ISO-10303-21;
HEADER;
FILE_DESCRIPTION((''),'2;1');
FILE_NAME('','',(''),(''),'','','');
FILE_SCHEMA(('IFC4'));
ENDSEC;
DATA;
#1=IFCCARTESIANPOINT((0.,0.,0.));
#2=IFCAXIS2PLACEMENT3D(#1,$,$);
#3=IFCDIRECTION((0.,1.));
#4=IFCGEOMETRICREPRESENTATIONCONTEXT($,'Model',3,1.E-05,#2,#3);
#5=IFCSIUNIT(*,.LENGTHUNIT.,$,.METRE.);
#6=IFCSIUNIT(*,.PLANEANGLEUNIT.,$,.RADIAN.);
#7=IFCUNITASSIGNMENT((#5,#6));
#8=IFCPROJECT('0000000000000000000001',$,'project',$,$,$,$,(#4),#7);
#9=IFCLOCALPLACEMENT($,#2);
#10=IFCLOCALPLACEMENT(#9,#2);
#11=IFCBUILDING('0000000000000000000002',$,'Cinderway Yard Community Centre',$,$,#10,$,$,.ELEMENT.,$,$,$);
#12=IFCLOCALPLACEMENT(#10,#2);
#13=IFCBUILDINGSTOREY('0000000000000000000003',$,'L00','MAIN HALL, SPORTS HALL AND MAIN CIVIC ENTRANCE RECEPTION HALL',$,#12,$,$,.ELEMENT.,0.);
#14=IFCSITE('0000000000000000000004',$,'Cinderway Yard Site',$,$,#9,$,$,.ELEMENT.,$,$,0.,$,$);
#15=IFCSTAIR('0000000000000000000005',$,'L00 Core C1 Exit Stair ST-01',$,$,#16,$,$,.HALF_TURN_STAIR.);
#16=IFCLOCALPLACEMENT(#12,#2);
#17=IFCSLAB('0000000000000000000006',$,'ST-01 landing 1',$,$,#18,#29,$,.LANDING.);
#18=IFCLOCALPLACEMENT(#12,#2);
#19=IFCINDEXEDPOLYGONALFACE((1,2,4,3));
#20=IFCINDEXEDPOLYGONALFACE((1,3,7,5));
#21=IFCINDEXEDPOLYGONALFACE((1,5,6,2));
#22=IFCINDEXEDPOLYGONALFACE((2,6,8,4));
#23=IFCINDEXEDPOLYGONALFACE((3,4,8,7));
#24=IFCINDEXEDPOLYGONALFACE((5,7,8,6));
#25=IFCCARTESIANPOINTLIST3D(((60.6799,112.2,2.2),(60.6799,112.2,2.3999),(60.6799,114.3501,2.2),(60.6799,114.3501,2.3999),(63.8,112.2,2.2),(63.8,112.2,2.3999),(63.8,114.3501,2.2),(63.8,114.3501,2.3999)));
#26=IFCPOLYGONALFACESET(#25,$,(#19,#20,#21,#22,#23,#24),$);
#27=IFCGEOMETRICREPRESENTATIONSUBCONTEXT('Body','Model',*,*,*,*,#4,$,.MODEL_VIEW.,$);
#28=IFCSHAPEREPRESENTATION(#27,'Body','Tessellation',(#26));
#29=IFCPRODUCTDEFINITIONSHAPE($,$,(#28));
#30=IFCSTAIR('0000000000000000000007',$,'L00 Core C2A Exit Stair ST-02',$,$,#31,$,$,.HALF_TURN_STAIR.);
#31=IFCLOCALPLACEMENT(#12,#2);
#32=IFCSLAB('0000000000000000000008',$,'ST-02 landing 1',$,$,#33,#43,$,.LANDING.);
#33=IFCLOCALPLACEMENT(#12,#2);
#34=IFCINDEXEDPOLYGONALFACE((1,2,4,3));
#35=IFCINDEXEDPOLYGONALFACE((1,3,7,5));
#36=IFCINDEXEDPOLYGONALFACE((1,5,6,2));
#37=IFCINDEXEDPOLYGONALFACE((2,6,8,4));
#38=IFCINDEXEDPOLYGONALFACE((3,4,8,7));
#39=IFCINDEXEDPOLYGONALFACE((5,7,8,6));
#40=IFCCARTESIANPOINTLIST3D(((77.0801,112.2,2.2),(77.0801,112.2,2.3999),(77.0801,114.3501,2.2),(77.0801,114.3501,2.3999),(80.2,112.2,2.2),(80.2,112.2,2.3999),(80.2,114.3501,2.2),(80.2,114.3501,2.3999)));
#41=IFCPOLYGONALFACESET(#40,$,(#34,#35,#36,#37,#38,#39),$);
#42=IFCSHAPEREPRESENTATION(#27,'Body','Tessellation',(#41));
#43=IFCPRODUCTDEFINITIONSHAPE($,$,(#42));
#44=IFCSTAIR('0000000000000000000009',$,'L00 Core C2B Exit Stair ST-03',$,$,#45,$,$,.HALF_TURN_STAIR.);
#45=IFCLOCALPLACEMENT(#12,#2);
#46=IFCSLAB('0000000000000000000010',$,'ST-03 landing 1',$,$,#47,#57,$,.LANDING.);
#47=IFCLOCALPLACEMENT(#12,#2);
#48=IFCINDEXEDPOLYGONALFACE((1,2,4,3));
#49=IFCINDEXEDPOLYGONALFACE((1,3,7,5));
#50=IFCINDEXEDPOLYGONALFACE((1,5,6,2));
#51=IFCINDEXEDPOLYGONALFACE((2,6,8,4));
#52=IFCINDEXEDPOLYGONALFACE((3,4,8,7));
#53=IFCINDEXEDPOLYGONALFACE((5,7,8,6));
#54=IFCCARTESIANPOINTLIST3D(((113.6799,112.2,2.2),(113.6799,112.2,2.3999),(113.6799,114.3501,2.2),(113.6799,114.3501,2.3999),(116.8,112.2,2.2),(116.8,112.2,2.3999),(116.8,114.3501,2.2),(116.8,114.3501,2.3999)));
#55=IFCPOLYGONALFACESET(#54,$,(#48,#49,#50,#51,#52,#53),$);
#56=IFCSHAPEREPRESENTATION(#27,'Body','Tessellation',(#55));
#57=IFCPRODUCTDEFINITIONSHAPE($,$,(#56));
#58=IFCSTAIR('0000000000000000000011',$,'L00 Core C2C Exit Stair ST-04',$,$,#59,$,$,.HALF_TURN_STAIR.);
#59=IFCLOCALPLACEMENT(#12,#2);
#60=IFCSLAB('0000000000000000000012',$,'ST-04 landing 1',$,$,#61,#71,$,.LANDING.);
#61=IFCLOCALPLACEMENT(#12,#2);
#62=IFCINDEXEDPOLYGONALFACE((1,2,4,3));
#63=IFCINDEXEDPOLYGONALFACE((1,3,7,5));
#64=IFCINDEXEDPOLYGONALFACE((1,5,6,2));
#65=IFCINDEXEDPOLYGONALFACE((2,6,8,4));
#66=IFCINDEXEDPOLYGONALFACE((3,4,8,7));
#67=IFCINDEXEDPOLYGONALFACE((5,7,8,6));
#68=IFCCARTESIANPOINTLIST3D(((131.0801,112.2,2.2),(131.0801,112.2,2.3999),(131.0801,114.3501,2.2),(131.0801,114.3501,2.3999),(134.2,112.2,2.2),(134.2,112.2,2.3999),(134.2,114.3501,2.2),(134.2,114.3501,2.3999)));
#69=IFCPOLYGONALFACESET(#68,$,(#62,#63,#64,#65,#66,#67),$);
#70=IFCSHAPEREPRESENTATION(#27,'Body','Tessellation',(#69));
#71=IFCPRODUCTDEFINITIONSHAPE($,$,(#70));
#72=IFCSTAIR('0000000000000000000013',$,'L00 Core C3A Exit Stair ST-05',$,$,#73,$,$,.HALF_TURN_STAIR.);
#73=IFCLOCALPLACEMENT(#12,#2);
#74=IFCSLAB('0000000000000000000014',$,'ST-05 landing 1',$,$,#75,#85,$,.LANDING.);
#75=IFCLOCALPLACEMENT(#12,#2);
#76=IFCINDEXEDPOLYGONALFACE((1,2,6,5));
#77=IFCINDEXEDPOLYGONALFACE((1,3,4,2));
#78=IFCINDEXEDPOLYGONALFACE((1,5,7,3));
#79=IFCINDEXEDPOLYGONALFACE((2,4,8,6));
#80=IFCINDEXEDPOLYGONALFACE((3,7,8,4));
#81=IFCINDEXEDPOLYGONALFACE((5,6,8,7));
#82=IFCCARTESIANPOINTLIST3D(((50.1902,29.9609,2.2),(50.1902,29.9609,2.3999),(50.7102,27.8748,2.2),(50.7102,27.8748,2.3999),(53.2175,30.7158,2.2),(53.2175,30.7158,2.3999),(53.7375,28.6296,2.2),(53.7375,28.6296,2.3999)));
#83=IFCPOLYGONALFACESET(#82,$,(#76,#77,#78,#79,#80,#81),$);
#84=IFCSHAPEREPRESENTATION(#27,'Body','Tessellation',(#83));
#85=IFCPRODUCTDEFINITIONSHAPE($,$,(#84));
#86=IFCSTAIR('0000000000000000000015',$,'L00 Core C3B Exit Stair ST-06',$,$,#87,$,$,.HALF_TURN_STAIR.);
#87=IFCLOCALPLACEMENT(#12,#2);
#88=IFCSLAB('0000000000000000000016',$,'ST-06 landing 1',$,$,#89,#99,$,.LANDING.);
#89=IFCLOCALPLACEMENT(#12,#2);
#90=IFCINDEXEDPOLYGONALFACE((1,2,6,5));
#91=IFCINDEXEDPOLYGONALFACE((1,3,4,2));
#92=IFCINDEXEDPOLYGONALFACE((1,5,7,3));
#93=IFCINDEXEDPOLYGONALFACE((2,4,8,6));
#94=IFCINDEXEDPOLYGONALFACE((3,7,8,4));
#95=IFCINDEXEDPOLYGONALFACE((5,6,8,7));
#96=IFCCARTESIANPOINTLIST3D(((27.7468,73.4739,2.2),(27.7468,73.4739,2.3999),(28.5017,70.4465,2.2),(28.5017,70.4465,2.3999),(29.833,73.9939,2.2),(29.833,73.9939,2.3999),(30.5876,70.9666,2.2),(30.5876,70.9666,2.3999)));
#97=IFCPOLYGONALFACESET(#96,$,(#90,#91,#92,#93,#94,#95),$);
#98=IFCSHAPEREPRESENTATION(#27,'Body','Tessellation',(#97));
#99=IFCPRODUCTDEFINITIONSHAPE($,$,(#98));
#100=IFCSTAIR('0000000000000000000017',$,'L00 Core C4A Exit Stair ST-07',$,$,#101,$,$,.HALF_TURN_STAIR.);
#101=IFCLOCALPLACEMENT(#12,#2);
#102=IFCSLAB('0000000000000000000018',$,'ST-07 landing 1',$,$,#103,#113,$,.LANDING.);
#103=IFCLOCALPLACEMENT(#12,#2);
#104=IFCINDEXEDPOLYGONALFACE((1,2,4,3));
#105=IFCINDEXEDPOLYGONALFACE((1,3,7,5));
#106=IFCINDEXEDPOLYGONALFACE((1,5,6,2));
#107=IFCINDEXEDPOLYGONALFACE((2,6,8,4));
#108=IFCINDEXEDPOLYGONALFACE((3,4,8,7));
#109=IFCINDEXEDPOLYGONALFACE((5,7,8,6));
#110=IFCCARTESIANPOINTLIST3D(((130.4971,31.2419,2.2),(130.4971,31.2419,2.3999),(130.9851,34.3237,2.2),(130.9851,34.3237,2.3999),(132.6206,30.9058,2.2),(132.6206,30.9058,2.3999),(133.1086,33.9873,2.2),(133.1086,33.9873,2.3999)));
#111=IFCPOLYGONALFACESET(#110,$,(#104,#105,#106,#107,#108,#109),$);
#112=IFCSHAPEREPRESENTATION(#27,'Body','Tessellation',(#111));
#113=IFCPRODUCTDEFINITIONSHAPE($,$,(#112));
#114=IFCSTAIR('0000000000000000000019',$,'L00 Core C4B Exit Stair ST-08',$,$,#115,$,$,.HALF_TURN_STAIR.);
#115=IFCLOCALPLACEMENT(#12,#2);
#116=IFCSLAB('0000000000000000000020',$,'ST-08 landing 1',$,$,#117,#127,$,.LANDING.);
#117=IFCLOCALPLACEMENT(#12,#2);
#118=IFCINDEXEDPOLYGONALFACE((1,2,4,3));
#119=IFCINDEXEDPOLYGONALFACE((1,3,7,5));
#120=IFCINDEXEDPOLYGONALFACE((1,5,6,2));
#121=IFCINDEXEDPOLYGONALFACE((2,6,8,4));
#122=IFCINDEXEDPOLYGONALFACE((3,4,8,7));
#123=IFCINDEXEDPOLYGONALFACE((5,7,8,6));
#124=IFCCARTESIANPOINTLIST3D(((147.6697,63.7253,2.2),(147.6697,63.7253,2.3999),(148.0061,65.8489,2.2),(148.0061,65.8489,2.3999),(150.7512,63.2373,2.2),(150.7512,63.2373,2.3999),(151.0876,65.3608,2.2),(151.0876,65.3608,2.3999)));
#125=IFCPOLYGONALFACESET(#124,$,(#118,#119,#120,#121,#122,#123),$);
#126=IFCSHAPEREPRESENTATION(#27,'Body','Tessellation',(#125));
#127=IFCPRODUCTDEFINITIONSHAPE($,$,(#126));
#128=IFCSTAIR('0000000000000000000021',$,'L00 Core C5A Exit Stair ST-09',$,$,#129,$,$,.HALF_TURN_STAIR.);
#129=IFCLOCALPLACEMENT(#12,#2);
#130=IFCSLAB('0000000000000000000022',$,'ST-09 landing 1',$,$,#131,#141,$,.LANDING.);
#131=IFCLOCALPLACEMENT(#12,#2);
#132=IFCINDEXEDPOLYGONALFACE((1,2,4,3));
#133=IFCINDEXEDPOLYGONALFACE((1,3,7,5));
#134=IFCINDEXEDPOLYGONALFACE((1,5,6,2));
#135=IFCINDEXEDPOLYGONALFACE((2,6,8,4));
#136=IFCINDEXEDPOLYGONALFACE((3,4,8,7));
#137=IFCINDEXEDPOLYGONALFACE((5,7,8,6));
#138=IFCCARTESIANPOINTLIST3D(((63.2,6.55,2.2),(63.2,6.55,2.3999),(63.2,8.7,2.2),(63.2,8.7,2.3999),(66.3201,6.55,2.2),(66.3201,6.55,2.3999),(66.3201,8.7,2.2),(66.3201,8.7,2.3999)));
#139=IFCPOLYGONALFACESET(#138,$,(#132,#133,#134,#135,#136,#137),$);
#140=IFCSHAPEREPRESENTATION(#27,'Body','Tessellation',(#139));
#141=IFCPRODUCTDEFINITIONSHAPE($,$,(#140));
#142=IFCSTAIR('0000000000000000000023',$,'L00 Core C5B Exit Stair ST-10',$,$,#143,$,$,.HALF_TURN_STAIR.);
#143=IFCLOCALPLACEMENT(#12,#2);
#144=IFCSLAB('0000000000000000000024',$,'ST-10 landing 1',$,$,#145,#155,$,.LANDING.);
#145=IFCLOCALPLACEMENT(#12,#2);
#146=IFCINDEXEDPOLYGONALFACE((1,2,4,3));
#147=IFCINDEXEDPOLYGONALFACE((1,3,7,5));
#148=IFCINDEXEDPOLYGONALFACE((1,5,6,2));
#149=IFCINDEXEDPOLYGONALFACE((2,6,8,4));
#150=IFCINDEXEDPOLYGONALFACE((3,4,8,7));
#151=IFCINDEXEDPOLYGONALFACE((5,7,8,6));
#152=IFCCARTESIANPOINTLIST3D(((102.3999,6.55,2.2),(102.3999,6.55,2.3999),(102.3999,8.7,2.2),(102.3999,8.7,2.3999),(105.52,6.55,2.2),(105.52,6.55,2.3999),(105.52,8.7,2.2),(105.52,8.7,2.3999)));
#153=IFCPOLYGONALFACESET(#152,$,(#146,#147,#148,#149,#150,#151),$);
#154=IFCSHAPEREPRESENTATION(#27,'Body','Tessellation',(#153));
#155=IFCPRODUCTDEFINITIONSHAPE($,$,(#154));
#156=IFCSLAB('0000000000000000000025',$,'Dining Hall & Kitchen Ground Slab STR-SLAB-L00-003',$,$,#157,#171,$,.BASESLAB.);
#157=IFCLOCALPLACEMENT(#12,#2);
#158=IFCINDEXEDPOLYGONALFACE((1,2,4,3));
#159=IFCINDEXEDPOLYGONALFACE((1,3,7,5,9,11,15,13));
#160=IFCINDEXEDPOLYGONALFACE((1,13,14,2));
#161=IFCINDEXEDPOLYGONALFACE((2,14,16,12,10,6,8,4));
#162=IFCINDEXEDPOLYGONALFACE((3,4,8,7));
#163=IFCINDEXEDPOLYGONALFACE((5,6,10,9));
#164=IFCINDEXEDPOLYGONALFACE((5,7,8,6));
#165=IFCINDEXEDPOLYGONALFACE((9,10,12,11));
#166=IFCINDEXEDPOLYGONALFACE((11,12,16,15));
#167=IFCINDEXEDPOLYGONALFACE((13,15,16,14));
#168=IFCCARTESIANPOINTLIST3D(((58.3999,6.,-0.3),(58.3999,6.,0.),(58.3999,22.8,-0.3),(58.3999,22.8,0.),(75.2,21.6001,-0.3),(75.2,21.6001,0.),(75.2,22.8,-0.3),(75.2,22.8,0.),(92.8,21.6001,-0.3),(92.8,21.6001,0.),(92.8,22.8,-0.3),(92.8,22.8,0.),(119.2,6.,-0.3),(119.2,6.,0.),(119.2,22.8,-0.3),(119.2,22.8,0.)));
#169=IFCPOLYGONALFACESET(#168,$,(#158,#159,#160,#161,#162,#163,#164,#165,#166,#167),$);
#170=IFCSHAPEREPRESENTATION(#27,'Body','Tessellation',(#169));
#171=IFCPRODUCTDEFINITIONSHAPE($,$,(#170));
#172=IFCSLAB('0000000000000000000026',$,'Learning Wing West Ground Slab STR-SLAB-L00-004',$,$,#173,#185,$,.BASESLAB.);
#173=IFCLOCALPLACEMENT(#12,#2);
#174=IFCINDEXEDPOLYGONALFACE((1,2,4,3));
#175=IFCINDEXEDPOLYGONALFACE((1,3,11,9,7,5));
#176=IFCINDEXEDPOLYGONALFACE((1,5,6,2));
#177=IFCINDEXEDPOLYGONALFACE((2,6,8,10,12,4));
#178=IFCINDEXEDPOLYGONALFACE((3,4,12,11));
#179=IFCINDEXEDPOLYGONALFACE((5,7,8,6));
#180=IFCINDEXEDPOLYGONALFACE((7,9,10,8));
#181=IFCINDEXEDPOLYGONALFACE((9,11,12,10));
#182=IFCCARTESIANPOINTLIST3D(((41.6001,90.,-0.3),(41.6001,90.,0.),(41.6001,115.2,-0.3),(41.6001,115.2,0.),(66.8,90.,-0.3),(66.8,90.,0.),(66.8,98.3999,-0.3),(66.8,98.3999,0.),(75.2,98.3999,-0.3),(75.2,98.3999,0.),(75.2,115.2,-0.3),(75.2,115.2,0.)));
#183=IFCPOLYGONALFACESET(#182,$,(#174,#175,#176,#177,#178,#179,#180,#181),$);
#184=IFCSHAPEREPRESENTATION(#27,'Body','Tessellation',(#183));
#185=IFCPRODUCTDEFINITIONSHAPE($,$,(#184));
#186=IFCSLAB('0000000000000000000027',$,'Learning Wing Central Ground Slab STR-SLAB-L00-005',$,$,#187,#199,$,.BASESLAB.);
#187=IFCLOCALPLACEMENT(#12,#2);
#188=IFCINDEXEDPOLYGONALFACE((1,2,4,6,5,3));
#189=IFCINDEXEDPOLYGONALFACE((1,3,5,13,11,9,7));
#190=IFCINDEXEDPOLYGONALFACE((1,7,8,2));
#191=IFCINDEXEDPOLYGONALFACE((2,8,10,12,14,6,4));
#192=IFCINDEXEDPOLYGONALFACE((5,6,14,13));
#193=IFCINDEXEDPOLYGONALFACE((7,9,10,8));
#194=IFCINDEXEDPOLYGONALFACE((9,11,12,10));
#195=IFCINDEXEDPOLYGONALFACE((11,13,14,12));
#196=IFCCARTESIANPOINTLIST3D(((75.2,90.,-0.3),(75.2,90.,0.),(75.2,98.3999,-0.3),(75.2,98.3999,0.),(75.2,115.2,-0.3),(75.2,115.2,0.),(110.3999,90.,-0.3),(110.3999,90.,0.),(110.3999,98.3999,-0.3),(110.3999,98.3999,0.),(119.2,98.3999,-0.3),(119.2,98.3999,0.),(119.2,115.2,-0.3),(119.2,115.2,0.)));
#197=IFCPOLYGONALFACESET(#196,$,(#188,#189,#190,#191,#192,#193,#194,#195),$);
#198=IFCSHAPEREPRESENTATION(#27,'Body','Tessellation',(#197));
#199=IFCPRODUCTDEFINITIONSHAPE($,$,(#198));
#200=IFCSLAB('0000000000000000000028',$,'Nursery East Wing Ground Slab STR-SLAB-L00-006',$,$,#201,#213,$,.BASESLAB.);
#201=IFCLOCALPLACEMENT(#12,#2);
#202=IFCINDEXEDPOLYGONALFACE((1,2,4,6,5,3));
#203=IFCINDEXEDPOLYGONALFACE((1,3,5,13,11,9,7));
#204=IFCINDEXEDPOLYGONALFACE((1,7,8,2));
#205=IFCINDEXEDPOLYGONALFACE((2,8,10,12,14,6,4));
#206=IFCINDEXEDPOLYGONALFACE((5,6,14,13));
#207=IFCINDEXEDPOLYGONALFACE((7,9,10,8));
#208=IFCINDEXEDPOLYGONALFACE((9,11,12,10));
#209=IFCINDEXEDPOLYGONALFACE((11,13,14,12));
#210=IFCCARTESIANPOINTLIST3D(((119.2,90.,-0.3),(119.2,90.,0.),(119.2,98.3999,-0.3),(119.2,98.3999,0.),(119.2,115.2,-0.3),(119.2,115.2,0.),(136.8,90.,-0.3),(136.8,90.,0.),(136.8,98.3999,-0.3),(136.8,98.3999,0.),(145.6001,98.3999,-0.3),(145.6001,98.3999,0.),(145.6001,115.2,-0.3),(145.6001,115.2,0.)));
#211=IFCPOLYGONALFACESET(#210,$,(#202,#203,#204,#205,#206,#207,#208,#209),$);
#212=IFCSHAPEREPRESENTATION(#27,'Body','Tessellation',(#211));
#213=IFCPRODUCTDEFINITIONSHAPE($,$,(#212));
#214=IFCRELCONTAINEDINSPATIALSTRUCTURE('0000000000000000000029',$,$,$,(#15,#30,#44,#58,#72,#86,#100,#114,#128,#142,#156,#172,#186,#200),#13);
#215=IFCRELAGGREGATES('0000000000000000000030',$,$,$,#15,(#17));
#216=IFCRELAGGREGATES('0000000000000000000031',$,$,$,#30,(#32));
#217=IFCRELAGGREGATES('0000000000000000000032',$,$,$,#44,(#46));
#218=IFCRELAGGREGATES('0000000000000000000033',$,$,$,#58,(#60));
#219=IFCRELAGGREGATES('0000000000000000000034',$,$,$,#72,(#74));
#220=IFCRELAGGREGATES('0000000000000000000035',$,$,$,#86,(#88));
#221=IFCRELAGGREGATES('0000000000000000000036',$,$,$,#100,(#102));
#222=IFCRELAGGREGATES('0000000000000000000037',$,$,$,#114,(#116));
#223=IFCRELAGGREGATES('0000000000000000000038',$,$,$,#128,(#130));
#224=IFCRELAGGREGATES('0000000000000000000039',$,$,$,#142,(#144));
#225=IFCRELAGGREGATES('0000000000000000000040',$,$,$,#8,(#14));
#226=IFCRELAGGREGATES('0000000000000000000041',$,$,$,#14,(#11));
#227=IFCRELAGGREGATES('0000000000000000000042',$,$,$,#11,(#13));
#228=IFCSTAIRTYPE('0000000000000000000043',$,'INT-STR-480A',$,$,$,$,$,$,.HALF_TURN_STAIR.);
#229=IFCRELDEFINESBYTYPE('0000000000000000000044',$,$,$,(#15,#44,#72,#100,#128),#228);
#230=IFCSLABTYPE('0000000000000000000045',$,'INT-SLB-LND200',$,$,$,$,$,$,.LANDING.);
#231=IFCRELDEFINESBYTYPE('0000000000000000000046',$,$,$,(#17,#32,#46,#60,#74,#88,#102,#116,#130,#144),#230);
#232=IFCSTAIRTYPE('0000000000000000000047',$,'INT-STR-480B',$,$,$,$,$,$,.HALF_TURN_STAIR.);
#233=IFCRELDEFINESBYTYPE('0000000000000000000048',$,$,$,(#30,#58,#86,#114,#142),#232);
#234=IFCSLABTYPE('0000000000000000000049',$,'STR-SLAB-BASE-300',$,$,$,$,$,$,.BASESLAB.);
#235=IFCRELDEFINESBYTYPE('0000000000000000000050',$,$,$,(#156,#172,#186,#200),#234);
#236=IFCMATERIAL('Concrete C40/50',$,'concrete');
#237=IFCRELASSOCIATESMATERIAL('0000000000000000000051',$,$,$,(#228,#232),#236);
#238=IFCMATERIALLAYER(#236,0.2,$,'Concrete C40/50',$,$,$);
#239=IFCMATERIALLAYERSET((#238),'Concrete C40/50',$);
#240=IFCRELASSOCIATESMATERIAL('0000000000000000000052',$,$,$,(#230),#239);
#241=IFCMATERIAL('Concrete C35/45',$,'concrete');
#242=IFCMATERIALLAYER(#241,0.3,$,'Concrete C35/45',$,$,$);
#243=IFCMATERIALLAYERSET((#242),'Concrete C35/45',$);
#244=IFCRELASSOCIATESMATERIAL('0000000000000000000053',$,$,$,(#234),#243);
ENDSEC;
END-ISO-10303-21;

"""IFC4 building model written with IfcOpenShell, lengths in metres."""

from ifc_helpers import new_model, si_unit, direction, frame, origin, place, context, subcontext, project, spatial, polyline, outline, extrude, material, layer, layer_set, type_object, element, aggregate, save


model = new_model("IFC4")

# Units and contexts
model_context = context("Model", 3, precision=1e-05, world=origin(), true_north=direction((0.0, 1.0)))
body_context = subcontext(model_context, "Body", "Model", "MODEL_VIEW")
ifc_project = project(units=[si_unit("LENGTHUNIT", "METRE"), si_unit("PLANEANGLEUNIT", "RADIAN")], contexts=[model_context])

# Site, building, storey
site_placement = place(None, origin())
site = spatial("IfcSite", under=ifc_project, at=site_placement, Name="Cinderway Yard Site", CompositionType="ELEMENT", RefElevation=0.0)
building_placement = place(site_placement, origin())
building = spatial("IfcBuilding", under=site, at=building_placement, Name="Cinderway Yard Community Centre", CompositionType="ELEMENT")
storey_placement = place(building_placement, origin())
storey = spatial("IfcBuildingStorey", under=building, at=storey_placement, Name="L00", Description="MAIN HALL, SPORTS HALL AND MAIN CIVIC ENTRANCE RECEPTION HALL", CompositionType="ELEMENT", Elevation=0.0)

# Stairs, slabs
ifc_material_1 = material(Name="Concrete C40/50", Category="concrete")
stair_type_1 = type_object("IfcStairType", Name="INT-STR-480A", PredefinedType="HALF_TURN_STAIR", material=ifc_material_1)
stair_1_placement = place(storey_placement, origin())
stair_1 = element("IfcStair", 1, at=stair_1_placement, inside=storey, type_object=stair_type_1, Name="L00 Core C1 Exit Stair ST-01", PredefinedType="HALF_TURN_STAIR")
ifc_layer_1 = layer(ifc_material_1, 0.2, Name="Concrete C40/50")
ifc_layer_set_1 = layer_set([ifc_layer_1], Name="Concrete C40/50")
slab_type_1 = type_object("IfcSlabType", Name="INT-SLB-LND200", PredefinedType="LANDING", material=ifc_layer_set_1)
slab_1_placement = place(storey_placement, frame((0.0, 0.0, 2.2)))
slab_1 = element("IfcSlab", 2, at=slab_1_placement, type_object=slab_type_1, Name="ST-01 landing 1", PredefinedType="LANDING", context=body_context, shape_type="SweptSolid", body=[
    extrude(outline(polyline([(63.8, 112.2), (63.8, 114.3501), (60.6799, 114.3501), (60.6799, 112.2), (63.8, 112.2)])), origin(), (0.0, 0.0, 1.0), 0.2),
])
aggregate(stair_1, [slab_1])
stair_type_2 = type_object("IfcStairType", Name="INT-STR-480B", PredefinedType="HALF_TURN_STAIR", material=ifc_material_1)
stair_2_placement = place(storey_placement, origin())
stair_2 = element("IfcStair", 3, at=stair_2_placement, inside=storey, type_object=stair_type_2, Name="L00 Core C2A Exit Stair ST-02", PredefinedType="HALF_TURN_STAIR")
slab_2_placement = place(storey_placement, frame((0.0, 0.0, 2.2)))
slab_2 = element("IfcSlab", 4, at=slab_2_placement, type_object=slab_type_1, Name="ST-02 landing 1", PredefinedType="LANDING", context=body_context, shape_type="SweptSolid", body=[
    extrude(outline(polyline([(80.2, 112.2), (80.2, 114.3501), (77.0801, 114.3501), (77.0801, 112.2), (80.2, 112.2)])), origin(), (0.0, 0.0, 1.0), 0.2),
])
aggregate(stair_2, [slab_2])
stair_3_placement = place(storey_placement, origin())
stair_3 = element("IfcStair", 5, at=stair_3_placement, inside=storey, type_object=stair_type_1, Name="L00 Core C2B Exit Stair ST-03", PredefinedType="HALF_TURN_STAIR")
slab_3_placement = place(storey_placement, frame((0.0, 0.0, 2.2)))
slab_3 = element("IfcSlab", 6, at=slab_3_placement, type_object=slab_type_1, Name="ST-03 landing 1", PredefinedType="LANDING", context=body_context, shape_type="SweptSolid", body=[
    extrude(outline(polyline([(116.8, 112.2), (116.8, 114.3501), (113.6799, 114.3501), (113.6799, 112.2), (116.8, 112.2)])), origin(), (0.0, 0.0, 1.0), 0.2),
])
aggregate(stair_3, [slab_3])
stair_4_placement = place(storey_placement, origin())
stair_4 = element("IfcStair", 7, at=stair_4_placement, inside=storey, type_object=stair_type_2, Name="L00 Core C2C Exit Stair ST-04", PredefinedType="HALF_TURN_STAIR")
slab_4_placement = place(storey_placement, frame((0.0, 0.0, 2.2)))
slab_4 = element("IfcSlab", 8, at=slab_4_placement, type_object=slab_type_1, Name="ST-04 landing 1", PredefinedType="LANDING", context=body_context, shape_type="SweptSolid", body=[
    extrude(outline(polyline([(134.2, 112.2), (134.2, 114.3501), (131.0801, 114.3501), (131.0801, 112.2), (134.2, 112.2)])), origin(), (0.0, 0.0, 1.0), 0.2),
])
aggregate(stair_4, [slab_4])
stair_5_placement = place(storey_placement, origin())
stair_5 = element("IfcStair", 9, at=stair_5_placement, inside=storey, type_object=stair_type_1, Name="L00 Core C3A Exit Stair ST-05", PredefinedType="HALF_TURN_STAIR")
slab_5_placement = place(storey_placement, frame((0.0, 0.0, 2.2)))
slab_5 = element("IfcSlab", 10, at=slab_5_placement, type_object=slab_type_1, Name="ST-05 landing 1", PredefinedType="LANDING", context=body_context, shape_type="SweptSolid", body=[
    extrude(outline(polyline([(50.1902, 29.9609), (50.7102, 27.8748), (53.7375, 28.6296), (53.2175, 30.7158), (50.1902, 29.9609)])), origin(), (0.0, 0.0, 1.0), 0.2),
])
aggregate(stair_5, [slab_5])
stair_6_placement = place(storey_placement, origin())
stair_6 = element("IfcStair", 11, at=stair_6_placement, inside=storey, type_object=stair_type_2, Name="L00 Core C3B Exit Stair ST-06", PredefinedType="HALF_TURN_STAIR")
slab_6_placement = place(storey_placement, frame((0.0, 0.0, 2.2)))
slab_6 = element("IfcSlab", 12, at=slab_6_placement, type_object=slab_type_1, Name="ST-06 landing 1", PredefinedType="LANDING", context=body_context, shape_type="SweptSolid", body=[
    extrude(outline(polyline([(29.833, 73.9939), (27.7468, 73.4739), (28.5017, 70.4465), (30.5876, 70.9666), (29.833, 73.9939)])), origin(), (0.0, 0.0, 1.0), 0.2),
])
aggregate(stair_6, [slab_6])
stair_7_placement = place(storey_placement, origin())
stair_7 = element("IfcStair", 13, at=stair_7_placement, inside=storey, type_object=stair_type_1, Name="L00 Core C4A Exit Stair ST-07", PredefinedType="HALF_TURN_STAIR")
slab_7_placement = place(storey_placement, frame((0.0, 0.0, 2.2)))
slab_7 = element("IfcSlab", 14, at=slab_7_placement, type_object=slab_type_1, Name="ST-07 landing 1", PredefinedType="LANDING", context=body_context, shape_type="SweptSolid", body=[
    extrude(outline(polyline([(133.1086, 33.9873), (130.9851, 34.3237), (130.4971, 31.2419), (132.6206, 30.9058), (133.1086, 33.9873)])), origin(), (0.0, 0.0, 1.0), 0.2),
])
aggregate(stair_7, [slab_7])
stair_8_placement = place(storey_placement, origin())
stair_8 = element("IfcStair", 15, at=stair_8_placement, inside=storey, type_object=stair_type_2, Name="L00 Core C4B Exit Stair ST-08", PredefinedType="HALF_TURN_STAIR")
slab_8_placement = place(storey_placement, frame((0.0, 0.0, 2.2)))
slab_8 = element("IfcSlab", 16, at=slab_8_placement, type_object=slab_type_1, Name="ST-08 landing 1", PredefinedType="LANDING", context=body_context, shape_type="SweptSolid", body=[
    extrude(outline(polyline([(150.7512, 63.2373), (151.0876, 65.3608), (148.0061, 65.8489), (147.6697, 63.7253), (150.7512, 63.2373)])), origin(), (0.0, 0.0, 1.0), 0.2),
])
aggregate(stair_8, [slab_8])
stair_9_placement = place(storey_placement, origin())
stair_9 = element("IfcStair", 17, at=stair_9_placement, inside=storey, type_object=stair_type_1, Name="L00 Core C5A Exit Stair ST-09", PredefinedType="HALF_TURN_STAIR")
slab_9_placement = place(storey_placement, frame((0.0, 0.0, 2.2)))
slab_9 = element("IfcSlab", 18, at=slab_9_placement, type_object=slab_type_1, Name="ST-09 landing 1", PredefinedType="LANDING", context=body_context, shape_type="SweptSolid", body=[
    extrude(outline(polyline([(63.2, 8.7), (63.2, 6.55), (66.3201, 6.55), (66.3201, 8.7), (63.2, 8.7)])), origin(), (0.0, 0.0, 1.0), 0.2),
])
aggregate(stair_9, [slab_9])
stair_10_placement = place(storey_placement, origin())
stair_10 = element("IfcStair", 19, at=stair_10_placement, inside=storey, type_object=stair_type_2, Name="L00 Core C5B Exit Stair ST-10", PredefinedType="HALF_TURN_STAIR")
slab_10_placement = place(storey_placement, frame((0.0, 0.0, 2.2)))
slab_10 = element("IfcSlab", 20, at=slab_10_placement, type_object=slab_type_1, Name="ST-10 landing 1", PredefinedType="LANDING", context=body_context, shape_type="SweptSolid", body=[
    extrude(outline(polyline([(102.3999, 8.7), (102.3999, 6.55), (105.52, 6.55), (105.52, 8.7), (102.3999, 8.7)])), origin(), (0.0, 0.0, 1.0), 0.2),
])
aggregate(stair_10, [slab_10])

# Slabs
ifc_material_2 = material(Name="Concrete C35/45", Category="concrete")
ifc_layer_2 = layer(ifc_material_2, 0.3, Name="Concrete C35/45")
ifc_layer_set_2 = layer_set([ifc_layer_2], Name="Concrete C35/45")
slab_type_2 = type_object("IfcSlabType", Name="STR-SLAB-BASE-300", PredefinedType="BASESLAB", material=ifc_layer_set_2)
slab_11_placement = place(storey_placement, frame((0.0, 0.0, -0.3)))
element("IfcSlab", 21, at=slab_11_placement, inside=storey, type_object=slab_type_2, Name="Dining Hall & Kitchen Ground Slab STR-SLAB-L00-003", PredefinedType="BASESLAB", context=body_context, shape_type="SweptSolid", body=[
    extrude(outline(polyline([(58.3999, 6.0), (119.2, 6.0), (119.2, 22.8), (92.8, 22.8), (92.8, 21.6001), (75.2, 21.6001), (75.2, 22.8), (58.3999, 22.8), (58.3999, 6.0)])), origin(), (0.0, 0.0, 1.0), 0.3),
])
slab_12_placement = place(storey_placement, frame((0.0, 0.0, -0.3)))
element("IfcSlab", 22, at=slab_12_placement, inside=storey, type_object=slab_type_2, Name="Learning Wing West Ground Slab STR-SLAB-L00-004", PredefinedType="BASESLAB", context=body_context, shape_type="SweptSolid", body=[
    extrude(outline(polyline([(41.6001, 90.0), (66.8, 90.0), (66.8, 98.3999), (75.2, 98.3999), (75.2, 115.2), (41.6001, 115.2), (41.6001, 90.0)])), origin(), (0.0, 0.0, 1.0), 0.3),
])
slab_13_placement = place(storey_placement, frame((0.0, 0.0, -0.3)))
element("IfcSlab", 23, at=slab_13_placement, inside=storey, type_object=slab_type_2, Name="Learning Wing Central Ground Slab STR-SLAB-L00-005", PredefinedType="BASESLAB", context=body_context, shape_type="SweptSolid", body=[
    extrude(outline(polyline([(75.2, 98.3999), (75.2, 90.0), (110.3999, 90.0), (110.3999, 98.3999), (119.2, 98.3999), (119.2, 115.2), (75.2, 115.2), (75.2, 98.3999)])), origin(), (0.0, 0.0, 1.0), 0.3),
])
slab_14_placement = place(storey_placement, frame((0.0, 0.0, -0.3)))
element("IfcSlab", 24, at=slab_14_placement, inside=storey, type_object=slab_type_2, Name="Nursery East Wing Ground Slab STR-SLAB-L00-006", PredefinedType="BASESLAB", context=body_context, shape_type="SweptSolid", body=[
    extrude(outline(polyline([(119.2, 98.3999), (119.2, 90.0), (136.8, 90.0), (136.8, 98.3999), (145.6001, 98.3999), (145.6001, 115.2), (119.2, 115.2), (119.2, 98.3999)])), origin(), (0.0, 0.0, 1.0), 0.3),
])

save(model, "model.ifc")
